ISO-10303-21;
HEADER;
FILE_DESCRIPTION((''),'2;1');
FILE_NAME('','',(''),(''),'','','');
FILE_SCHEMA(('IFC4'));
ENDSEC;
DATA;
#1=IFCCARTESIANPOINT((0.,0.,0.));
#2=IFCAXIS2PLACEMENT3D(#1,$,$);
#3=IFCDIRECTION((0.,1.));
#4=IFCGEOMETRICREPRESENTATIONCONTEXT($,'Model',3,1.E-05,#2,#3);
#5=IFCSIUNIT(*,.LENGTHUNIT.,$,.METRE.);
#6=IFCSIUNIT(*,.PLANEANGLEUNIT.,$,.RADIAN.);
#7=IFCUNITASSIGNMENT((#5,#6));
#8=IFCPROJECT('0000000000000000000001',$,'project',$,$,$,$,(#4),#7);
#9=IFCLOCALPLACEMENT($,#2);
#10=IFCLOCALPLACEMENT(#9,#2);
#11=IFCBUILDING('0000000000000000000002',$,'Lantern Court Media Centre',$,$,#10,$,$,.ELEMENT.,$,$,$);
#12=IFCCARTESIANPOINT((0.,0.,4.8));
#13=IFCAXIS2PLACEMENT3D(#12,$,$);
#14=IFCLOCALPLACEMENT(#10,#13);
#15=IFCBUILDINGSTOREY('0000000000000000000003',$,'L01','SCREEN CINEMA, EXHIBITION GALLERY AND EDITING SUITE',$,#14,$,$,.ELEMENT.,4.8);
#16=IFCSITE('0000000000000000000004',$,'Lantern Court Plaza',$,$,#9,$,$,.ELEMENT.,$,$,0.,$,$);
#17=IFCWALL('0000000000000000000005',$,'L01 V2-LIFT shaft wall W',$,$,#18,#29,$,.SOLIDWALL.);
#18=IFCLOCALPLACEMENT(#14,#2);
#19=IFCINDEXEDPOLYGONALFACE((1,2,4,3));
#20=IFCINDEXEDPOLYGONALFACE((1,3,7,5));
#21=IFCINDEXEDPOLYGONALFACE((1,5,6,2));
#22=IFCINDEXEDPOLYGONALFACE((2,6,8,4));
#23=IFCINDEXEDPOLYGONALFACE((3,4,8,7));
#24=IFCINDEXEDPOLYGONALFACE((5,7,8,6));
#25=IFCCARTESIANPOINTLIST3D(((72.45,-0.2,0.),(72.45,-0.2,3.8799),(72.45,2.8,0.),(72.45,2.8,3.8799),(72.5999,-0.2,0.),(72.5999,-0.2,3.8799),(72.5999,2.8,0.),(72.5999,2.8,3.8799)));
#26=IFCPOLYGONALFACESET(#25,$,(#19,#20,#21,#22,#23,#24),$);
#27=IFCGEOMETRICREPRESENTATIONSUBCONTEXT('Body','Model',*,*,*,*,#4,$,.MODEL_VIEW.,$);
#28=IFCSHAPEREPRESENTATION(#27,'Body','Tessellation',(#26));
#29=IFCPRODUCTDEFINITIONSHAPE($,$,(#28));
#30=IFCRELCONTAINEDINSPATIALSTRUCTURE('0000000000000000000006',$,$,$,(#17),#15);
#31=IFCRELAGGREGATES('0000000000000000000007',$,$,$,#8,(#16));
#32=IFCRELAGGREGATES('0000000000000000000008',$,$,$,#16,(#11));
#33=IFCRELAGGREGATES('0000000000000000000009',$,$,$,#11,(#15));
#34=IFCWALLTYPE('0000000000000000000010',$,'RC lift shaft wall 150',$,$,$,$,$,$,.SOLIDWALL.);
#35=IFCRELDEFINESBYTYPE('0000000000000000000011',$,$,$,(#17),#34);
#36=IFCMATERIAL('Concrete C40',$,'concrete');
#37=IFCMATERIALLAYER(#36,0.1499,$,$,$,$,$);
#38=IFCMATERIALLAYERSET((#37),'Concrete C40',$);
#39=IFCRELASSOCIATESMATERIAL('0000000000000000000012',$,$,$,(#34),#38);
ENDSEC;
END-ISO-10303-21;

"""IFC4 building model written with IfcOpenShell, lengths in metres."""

from ifc_helpers import new_model, si_unit, direction, frame, frame_2d, origin, place, context, subcontext, project, spatial, rectangle, extrude, material, layer, layer_set, type_object, element, save


model = new_model("IFC4")

# Units and contexts
model_context = context("Model", 3, precision=1e-05, world=origin(), true_north=direction((0.0, 1.0)))
body_context = subcontext(model_context, "Body", "Model", "MODEL_VIEW")
ifc_project = project(units=[si_unit("LENGTHUNIT", "METRE"), si_unit("PLANEANGLEUNIT", "RADIAN")], contexts=[model_context])

# Site, building, storey
site_placement = place(None, origin())
site = spatial("IfcSite", under=ifc_project, at=site_placement, Name="Lantern Court Plaza", CompositionType="ELEMENT", RefElevation=0.0)
building_placement = place(site_placement, origin())
building = spatial("IfcBuilding", under=site, at=building_placement, Name="Lantern Court Media Centre", CompositionType="ELEMENT")
storey_placement = place(building_placement, frame((0.0, 0.0, 4.8)))
storey = spatial("IfcBuildingStorey", under=building, at=storey_placement, Name="L01", Description="SCREEN CINEMA, EXHIBITION GALLERY AND EDITING SUITE", CompositionType="ELEMENT", Elevation=4.8)

# Wall
ifc_material_1 = material(Name="Concrete C40", Category="concrete")
ifc_layer_1 = layer(ifc_material_1, 0.1499)
ifc_layer_set_1 = layer_set([ifc_layer_1], Name="Concrete C40")
wall_type_1 = type_object("IfcWallType", Name="RC lift shaft wall 150", PredefinedType="SOLIDWALL", material=ifc_layer_set_1)
wall_1_placement = place(storey_placement, frame((72.5249, -0.2, 0.0), z_axis=(0.0, 0.0, 1.0), x_axis=(0.0, 1.0, 0.0)))
element("IfcWall", 1, at=wall_1_placement, inside=storey, type_object=wall_type_1, Name="L01 V2-LIFT shaft wall W", PredefinedType="SOLIDWALL", context=body_context, shape_type="SweptSolid", body=[
    extrude(rectangle(XDim=3.0, YDim=0.1499, at=frame_2d((1.5, 0.0))), origin(), (0.0, 0.0, 1.0), 3.8799),
])

save(model, "model.ifc")
